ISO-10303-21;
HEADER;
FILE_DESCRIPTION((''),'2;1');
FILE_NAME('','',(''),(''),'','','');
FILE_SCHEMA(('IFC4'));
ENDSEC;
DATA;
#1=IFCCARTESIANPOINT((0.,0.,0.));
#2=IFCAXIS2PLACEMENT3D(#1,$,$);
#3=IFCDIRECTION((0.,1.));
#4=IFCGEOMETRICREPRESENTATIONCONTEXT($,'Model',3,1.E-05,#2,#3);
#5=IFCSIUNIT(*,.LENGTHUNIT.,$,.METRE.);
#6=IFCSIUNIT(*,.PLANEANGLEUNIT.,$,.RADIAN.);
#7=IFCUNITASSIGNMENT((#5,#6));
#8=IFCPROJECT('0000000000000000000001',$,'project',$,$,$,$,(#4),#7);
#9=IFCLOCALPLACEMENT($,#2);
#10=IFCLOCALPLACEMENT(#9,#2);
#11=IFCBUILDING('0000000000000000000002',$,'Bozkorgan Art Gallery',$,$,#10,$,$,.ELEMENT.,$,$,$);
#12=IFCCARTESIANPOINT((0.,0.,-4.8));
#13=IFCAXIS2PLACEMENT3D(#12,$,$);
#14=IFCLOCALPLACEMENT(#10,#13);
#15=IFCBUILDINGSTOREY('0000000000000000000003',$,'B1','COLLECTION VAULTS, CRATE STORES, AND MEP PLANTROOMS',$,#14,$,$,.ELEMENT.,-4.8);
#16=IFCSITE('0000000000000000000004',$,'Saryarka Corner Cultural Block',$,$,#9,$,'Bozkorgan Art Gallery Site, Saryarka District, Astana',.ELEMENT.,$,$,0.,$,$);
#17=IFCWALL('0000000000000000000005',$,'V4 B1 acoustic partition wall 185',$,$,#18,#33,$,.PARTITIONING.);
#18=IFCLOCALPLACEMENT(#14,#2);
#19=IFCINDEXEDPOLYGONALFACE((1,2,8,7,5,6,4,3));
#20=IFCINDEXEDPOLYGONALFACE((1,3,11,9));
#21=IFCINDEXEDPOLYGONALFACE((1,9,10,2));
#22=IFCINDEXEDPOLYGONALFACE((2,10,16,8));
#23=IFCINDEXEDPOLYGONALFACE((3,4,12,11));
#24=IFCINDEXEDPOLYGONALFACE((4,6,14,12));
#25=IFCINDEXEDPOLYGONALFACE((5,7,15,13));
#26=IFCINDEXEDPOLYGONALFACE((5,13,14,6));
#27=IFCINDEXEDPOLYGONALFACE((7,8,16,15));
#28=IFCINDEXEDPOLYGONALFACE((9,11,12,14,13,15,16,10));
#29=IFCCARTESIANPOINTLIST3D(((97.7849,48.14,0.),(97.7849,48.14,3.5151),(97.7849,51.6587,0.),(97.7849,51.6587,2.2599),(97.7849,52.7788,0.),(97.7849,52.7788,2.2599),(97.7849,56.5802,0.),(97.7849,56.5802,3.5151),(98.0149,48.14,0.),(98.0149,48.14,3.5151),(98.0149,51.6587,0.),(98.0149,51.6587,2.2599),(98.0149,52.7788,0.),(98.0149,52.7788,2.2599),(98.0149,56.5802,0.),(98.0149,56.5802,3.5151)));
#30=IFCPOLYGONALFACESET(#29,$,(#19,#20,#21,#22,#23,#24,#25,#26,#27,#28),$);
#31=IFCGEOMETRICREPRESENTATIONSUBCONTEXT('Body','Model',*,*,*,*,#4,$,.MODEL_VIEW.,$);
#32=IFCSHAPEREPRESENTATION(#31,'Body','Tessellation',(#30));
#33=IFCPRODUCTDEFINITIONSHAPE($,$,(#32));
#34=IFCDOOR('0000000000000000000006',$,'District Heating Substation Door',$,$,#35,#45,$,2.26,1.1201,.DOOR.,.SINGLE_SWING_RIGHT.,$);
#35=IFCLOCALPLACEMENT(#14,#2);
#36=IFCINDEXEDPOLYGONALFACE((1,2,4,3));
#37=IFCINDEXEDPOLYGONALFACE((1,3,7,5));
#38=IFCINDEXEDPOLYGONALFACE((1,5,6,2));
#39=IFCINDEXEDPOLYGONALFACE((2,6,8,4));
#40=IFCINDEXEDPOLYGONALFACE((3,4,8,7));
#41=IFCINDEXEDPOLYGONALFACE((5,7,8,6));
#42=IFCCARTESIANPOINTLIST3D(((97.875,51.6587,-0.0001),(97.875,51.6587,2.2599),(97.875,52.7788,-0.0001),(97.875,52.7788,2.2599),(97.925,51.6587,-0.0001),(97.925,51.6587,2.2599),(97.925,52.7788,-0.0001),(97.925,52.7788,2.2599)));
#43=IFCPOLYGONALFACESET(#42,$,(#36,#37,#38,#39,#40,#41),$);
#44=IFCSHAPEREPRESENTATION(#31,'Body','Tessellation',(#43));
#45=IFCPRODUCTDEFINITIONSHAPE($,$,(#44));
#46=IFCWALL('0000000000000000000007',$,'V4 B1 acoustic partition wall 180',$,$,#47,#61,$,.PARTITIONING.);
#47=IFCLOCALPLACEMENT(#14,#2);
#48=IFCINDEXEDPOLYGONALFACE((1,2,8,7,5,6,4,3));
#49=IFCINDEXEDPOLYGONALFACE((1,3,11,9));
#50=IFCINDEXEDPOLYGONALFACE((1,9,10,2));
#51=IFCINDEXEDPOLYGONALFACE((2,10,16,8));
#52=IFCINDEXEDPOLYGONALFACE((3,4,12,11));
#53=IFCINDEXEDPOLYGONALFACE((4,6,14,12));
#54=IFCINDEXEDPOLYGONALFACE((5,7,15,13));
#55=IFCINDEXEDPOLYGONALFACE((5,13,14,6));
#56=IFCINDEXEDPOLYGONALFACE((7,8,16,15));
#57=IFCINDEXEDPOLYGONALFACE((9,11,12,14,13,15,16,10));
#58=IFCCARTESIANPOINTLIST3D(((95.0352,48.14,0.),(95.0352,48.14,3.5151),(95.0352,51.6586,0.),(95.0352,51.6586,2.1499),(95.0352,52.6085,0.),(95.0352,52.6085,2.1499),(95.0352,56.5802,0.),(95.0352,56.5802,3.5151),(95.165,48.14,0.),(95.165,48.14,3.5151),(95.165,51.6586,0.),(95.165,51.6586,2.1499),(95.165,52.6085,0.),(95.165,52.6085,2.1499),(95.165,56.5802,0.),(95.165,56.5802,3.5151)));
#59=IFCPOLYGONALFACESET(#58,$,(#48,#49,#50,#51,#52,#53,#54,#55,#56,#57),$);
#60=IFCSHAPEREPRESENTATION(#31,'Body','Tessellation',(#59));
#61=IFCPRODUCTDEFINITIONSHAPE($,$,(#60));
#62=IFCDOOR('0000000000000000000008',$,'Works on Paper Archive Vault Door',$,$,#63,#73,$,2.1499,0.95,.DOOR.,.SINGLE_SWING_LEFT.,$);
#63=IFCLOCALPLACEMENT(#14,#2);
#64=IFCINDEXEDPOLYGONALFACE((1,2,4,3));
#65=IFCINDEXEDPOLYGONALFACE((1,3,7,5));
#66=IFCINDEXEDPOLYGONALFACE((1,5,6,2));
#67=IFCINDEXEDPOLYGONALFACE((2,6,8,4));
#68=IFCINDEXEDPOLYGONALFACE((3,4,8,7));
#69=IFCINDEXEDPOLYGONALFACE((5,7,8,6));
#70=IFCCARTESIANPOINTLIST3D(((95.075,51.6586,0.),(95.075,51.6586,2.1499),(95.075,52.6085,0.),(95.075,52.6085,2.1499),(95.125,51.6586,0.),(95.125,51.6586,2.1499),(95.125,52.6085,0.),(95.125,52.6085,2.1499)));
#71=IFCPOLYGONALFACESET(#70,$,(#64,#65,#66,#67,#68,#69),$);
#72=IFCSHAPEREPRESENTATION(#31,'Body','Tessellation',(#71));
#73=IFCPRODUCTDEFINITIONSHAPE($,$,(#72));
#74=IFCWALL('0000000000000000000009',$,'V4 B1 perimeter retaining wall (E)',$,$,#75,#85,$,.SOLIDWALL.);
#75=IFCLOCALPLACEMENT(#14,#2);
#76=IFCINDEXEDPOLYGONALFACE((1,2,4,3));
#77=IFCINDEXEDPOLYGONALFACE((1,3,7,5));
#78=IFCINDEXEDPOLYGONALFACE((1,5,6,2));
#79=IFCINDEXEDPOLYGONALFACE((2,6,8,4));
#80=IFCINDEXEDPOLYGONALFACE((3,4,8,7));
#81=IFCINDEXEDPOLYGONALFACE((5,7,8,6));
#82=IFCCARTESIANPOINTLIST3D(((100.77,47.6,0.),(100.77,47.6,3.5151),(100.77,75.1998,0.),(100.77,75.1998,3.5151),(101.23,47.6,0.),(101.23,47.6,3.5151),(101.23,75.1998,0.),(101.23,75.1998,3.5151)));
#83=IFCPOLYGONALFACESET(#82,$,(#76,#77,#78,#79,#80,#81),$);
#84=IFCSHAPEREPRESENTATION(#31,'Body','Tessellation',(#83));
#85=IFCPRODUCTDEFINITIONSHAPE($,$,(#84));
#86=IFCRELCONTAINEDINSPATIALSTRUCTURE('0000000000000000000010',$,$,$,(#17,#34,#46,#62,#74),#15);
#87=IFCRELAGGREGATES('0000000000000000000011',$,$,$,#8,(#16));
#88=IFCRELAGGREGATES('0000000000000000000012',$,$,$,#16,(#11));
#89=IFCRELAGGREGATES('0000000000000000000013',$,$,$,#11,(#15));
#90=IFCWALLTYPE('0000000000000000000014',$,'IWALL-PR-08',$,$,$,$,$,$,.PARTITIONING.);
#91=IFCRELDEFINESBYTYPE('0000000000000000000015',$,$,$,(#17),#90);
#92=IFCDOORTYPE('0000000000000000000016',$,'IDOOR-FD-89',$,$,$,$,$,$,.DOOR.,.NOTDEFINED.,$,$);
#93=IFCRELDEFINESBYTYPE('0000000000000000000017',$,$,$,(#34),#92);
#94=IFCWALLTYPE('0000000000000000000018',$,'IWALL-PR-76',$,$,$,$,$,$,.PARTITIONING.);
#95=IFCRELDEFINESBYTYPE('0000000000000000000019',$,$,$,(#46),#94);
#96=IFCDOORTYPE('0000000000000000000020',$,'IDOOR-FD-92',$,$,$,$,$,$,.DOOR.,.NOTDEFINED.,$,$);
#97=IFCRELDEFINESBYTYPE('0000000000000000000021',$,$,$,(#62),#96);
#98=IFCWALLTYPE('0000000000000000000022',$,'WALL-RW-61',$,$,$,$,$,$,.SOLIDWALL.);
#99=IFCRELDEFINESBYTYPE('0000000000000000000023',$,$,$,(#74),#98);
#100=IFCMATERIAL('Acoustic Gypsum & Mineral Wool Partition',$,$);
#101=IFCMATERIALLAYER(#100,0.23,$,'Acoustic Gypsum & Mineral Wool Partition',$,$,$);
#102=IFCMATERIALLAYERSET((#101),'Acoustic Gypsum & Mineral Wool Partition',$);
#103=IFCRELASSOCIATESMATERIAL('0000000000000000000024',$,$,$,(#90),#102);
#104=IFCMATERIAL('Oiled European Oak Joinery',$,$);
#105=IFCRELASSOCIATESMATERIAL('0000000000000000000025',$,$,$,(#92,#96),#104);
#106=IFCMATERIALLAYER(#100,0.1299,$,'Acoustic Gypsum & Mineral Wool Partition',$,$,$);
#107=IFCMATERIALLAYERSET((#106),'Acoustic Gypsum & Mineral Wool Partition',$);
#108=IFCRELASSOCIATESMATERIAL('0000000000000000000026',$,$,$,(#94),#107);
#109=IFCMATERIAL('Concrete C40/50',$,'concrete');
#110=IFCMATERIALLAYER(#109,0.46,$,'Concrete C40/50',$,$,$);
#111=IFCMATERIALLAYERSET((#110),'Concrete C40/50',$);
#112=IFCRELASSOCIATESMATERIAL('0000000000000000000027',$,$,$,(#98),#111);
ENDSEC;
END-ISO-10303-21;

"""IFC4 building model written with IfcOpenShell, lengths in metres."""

from ifc_helpers import new_model, si_unit, direction, frame, frame_2d, origin, place, context, subcontext, project, spatial, rectangle, extrude, material, layer, layer_set, type_object, element, fill, save


model = new_model("IFC4")

# Units and contexts
model_context = context("Model", 3, precision=1e-05, world=origin(), true_north=direction((0.0, 1.0)))
body_context = subcontext(model_context, "Body", "Model", "MODEL_VIEW")
ifc_project = project(units=[si_unit("LENGTHUNIT", "METRE"), si_unit("PLANEANGLEUNIT", "RADIAN")], contexts=[model_context])

# Site, building, storey
site_placement = place(None, origin())
site = spatial("IfcSite", under=ifc_project, at=site_placement, Name="Saryarka Corner Cultural Block", LongName="Bozkorgan Art Gallery Site, Saryarka District, Astana", CompositionType="ELEMENT", RefElevation=0.0)
building_placement = place(site_placement, origin())
building = spatial("IfcBuilding", under=site, at=building_placement, Name="Bozkorgan Art Gallery", CompositionType="ELEMENT")
storey_placement = place(building_placement, frame((0.0, 0.0, -4.8)))
storey = spatial("IfcBuildingStorey", under=building, at=storey_placement, Name="B1", Description="COLLECTION VAULTS, CRATE STORES, AND MEP PLANTROOMS", CompositionType="ELEMENT", Elevation=-4.8)

# Shared definitions
ifc_material_1 = material(Name="Concrete C40/50", Category="concrete")

# Walls, openings, doors
ifc_material_2 = material(Name="Acoustic Gypsum & Mineral Wool Partition")
ifc_layer_1 = layer(ifc_material_2, 0.23, Name="Acoustic Gypsum & Mineral Wool Partition")
ifc_layer_set_1 = layer_set([ifc_layer_1], Name="Acoustic Gypsum & Mineral Wool Partition")
wall_type_1 = type_object("IfcWallType", Name="IWALL-PR-08", PredefinedType="PARTITIONING", material=ifc_layer_set_1)
wall_1_placement = place(storey_placement, frame((97.8999, 48.1399, 0.0), z_axis=(0.0, 0.0, 1.0), x_axis=(0.0, 1.0, 0.0)))
wall_1 = element("IfcWall", 1, at=wall_1_placement, inside=storey, type_object=wall_type_1, Name="V4 B1 acoustic partition wall 185", PredefinedType="PARTITIONING", context=body_context, shape_type="SweptSolid", body=[
    extrude(rectangle(XDim=8.4402, YDim=0.23, at=frame_2d((4.2202, 0.0))), origin(), (0.0, 0.0, 1.0), 3.5151),
])
opening_1_placement = place(wall_1_placement, frame((3.5188, 0.0, 0.0)))
opening_1 = element("IfcOpeningElement", 2, at=opening_1_placement, cuts=wall_1, PredefinedType="OPENING", context=body_context, shape_type="SweptSolid", body=[
    extrude(rectangle(XDim=1.1201, YDim=2.26, at=frame_2d((0.5601, 1.1299))), frame((0.0, 0.125, 0.0), z_axis=(0.0, -1.0, 0.0), x_axis=(1.0, 0.0, 0.0)), (0.0, 0.0, 1.0), 0.25),
])
ifc_material_3 = material(Name="Oiled European Oak Joinery")
door_type_1 = type_object("IfcDoorType", Name="IDOOR-FD-89", OperationType="NOTDEFINED", PredefinedType="DOOR", material=ifc_material_3)
door_1_placement = place(opening_1_placement, origin())
door_1 = element("IfcDoor", 3, at=door_1_placement, inside=storey, type_object=door_type_1, Name="District Heating Substation Door", OperationType="SINGLE_SWING_RIGHT", OverallHeight=2.26, OverallWidth=1.1201, PredefinedType="DOOR", context=body_context, shape_type="SweptSolid", body=[
    extrude(rectangle(XDim=1.1201, YDim=2.26, at=frame_2d((0.5601, 1.1299))), frame((0.0, 0.0249, 0.0), z_axis=(0.0, -1.0, 0.0), x_axis=(1.0, 0.0, 0.0)), (0.0, 0.0, 1.0), 0.05),
])
fill(opening_1, door_1)
ifc_layer_2 = layer(ifc_material_2, 0.1299, Name="Acoustic Gypsum & Mineral Wool Partition")
ifc_layer_set_2 = layer_set([ifc_layer_2], Name="Acoustic Gypsum & Mineral Wool Partition")
wall_type_2 = type_object("IfcWallType", Name="IWALL-PR-76", PredefinedType="PARTITIONING", material=ifc_layer_set_2)
wall_2_placement = place(storey_placement, frame((95.1001, 48.1399, 0.0), z_axis=(0.0, 0.0, 1.0), x_axis=(0.0, 1.0, 0.0)))
wall_2 = element("IfcWall", 4, at=wall_2_placement, inside=storey, type_object=wall_type_2, Name="V4 B1 acoustic partition wall 180", PredefinedType="PARTITIONING", context=body_context, shape_type="SweptSolid", body=[
    extrude(rectangle(XDim=8.4402, YDim=0.1299, at=frame_2d((4.2202, 0.0))), origin(), (0.0, 0.0, 1.0), 3.5151),
])
opening_2_placement = place(wall_2_placement, frame((4.4688, 0.0, 0.0), z_axis=(0.0, 0.0, 1.0), x_axis=(-1.0, 0.0, 0.0)))
opening_2 = element("IfcOpeningElement", 5, at=opening_2_placement, cuts=wall_2, PredefinedType="OPENING", context=body_context, shape_type="SweptSolid", body=[
    extrude(rectangle(XDim=0.95, YDim=2.1499, at=frame_2d((0.4751, 1.075))), frame((0.0, 0.075, 0.0), z_axis=(0.0, -1.0, 0.0), x_axis=(1.0, 0.0, 0.0)), (0.0, 0.0, 1.0), 0.1499),
])
door_type_2 = type_object("IfcDoorType", Name="IDOOR-FD-92", OperationType="NOTDEFINED", PredefinedType="DOOR", material=ifc_material_3)
door_2_placement = place(opening_2_placement, origin())
door_2 = element("IfcDoor", 6, at=door_2_placement, inside=storey, type_object=door_type_2, Name="Works on Paper Archive Vault Door", OperationType="SINGLE_SWING_LEFT", OverallHeight=2.1499, OverallWidth=0.95, PredefinedType="DOOR", context=body_context, shape_type="SweptSolid", body=[
    extrude(rectangle(XDim=0.95, YDim=2.1499, at=frame_2d((0.4751, 1.075))), frame((0.0, 0.0249, 0.0), z_axis=(0.0, -1.0, 0.0), x_axis=(1.0, 0.0, 0.0)), (0.0, 0.0, 1.0), 0.05),
])
fill(opening_2, door_2)

# Wall
ifc_layer_3 = layer(ifc_material_1, 0.46, Name="Concrete C40/50")
ifc_layer_set_3 = layer_set([ifc_layer_3], Name="Concrete C40/50")
wall_type_3 = type_object("IfcWallType", Name="WALL-RW-61", PredefinedType="SOLIDWALL", material=ifc_layer_set_3)
wall_3_placement = place(storey_placement, frame((101.0, 47.6001, 0.0), z_axis=(0.0, 0.0, 1.0), x_axis=(0.0, 1.0, 0.0)))
element("IfcWall", 7, at=wall_3_placement, inside=storey, type_object=wall_type_3, Name="V4 B1 perimeter retaining wall (E)", PredefinedType="SOLIDWALL", context=body_context, shape_type="SweptSolid", body=[
    extrude(rectangle(XDim=27.5999, YDim=0.46, at=frame_2d((13.7998, 0.0))), origin(), (0.0, 0.0, 1.0), 3.5151),
])

save(model, "model.ifc")
